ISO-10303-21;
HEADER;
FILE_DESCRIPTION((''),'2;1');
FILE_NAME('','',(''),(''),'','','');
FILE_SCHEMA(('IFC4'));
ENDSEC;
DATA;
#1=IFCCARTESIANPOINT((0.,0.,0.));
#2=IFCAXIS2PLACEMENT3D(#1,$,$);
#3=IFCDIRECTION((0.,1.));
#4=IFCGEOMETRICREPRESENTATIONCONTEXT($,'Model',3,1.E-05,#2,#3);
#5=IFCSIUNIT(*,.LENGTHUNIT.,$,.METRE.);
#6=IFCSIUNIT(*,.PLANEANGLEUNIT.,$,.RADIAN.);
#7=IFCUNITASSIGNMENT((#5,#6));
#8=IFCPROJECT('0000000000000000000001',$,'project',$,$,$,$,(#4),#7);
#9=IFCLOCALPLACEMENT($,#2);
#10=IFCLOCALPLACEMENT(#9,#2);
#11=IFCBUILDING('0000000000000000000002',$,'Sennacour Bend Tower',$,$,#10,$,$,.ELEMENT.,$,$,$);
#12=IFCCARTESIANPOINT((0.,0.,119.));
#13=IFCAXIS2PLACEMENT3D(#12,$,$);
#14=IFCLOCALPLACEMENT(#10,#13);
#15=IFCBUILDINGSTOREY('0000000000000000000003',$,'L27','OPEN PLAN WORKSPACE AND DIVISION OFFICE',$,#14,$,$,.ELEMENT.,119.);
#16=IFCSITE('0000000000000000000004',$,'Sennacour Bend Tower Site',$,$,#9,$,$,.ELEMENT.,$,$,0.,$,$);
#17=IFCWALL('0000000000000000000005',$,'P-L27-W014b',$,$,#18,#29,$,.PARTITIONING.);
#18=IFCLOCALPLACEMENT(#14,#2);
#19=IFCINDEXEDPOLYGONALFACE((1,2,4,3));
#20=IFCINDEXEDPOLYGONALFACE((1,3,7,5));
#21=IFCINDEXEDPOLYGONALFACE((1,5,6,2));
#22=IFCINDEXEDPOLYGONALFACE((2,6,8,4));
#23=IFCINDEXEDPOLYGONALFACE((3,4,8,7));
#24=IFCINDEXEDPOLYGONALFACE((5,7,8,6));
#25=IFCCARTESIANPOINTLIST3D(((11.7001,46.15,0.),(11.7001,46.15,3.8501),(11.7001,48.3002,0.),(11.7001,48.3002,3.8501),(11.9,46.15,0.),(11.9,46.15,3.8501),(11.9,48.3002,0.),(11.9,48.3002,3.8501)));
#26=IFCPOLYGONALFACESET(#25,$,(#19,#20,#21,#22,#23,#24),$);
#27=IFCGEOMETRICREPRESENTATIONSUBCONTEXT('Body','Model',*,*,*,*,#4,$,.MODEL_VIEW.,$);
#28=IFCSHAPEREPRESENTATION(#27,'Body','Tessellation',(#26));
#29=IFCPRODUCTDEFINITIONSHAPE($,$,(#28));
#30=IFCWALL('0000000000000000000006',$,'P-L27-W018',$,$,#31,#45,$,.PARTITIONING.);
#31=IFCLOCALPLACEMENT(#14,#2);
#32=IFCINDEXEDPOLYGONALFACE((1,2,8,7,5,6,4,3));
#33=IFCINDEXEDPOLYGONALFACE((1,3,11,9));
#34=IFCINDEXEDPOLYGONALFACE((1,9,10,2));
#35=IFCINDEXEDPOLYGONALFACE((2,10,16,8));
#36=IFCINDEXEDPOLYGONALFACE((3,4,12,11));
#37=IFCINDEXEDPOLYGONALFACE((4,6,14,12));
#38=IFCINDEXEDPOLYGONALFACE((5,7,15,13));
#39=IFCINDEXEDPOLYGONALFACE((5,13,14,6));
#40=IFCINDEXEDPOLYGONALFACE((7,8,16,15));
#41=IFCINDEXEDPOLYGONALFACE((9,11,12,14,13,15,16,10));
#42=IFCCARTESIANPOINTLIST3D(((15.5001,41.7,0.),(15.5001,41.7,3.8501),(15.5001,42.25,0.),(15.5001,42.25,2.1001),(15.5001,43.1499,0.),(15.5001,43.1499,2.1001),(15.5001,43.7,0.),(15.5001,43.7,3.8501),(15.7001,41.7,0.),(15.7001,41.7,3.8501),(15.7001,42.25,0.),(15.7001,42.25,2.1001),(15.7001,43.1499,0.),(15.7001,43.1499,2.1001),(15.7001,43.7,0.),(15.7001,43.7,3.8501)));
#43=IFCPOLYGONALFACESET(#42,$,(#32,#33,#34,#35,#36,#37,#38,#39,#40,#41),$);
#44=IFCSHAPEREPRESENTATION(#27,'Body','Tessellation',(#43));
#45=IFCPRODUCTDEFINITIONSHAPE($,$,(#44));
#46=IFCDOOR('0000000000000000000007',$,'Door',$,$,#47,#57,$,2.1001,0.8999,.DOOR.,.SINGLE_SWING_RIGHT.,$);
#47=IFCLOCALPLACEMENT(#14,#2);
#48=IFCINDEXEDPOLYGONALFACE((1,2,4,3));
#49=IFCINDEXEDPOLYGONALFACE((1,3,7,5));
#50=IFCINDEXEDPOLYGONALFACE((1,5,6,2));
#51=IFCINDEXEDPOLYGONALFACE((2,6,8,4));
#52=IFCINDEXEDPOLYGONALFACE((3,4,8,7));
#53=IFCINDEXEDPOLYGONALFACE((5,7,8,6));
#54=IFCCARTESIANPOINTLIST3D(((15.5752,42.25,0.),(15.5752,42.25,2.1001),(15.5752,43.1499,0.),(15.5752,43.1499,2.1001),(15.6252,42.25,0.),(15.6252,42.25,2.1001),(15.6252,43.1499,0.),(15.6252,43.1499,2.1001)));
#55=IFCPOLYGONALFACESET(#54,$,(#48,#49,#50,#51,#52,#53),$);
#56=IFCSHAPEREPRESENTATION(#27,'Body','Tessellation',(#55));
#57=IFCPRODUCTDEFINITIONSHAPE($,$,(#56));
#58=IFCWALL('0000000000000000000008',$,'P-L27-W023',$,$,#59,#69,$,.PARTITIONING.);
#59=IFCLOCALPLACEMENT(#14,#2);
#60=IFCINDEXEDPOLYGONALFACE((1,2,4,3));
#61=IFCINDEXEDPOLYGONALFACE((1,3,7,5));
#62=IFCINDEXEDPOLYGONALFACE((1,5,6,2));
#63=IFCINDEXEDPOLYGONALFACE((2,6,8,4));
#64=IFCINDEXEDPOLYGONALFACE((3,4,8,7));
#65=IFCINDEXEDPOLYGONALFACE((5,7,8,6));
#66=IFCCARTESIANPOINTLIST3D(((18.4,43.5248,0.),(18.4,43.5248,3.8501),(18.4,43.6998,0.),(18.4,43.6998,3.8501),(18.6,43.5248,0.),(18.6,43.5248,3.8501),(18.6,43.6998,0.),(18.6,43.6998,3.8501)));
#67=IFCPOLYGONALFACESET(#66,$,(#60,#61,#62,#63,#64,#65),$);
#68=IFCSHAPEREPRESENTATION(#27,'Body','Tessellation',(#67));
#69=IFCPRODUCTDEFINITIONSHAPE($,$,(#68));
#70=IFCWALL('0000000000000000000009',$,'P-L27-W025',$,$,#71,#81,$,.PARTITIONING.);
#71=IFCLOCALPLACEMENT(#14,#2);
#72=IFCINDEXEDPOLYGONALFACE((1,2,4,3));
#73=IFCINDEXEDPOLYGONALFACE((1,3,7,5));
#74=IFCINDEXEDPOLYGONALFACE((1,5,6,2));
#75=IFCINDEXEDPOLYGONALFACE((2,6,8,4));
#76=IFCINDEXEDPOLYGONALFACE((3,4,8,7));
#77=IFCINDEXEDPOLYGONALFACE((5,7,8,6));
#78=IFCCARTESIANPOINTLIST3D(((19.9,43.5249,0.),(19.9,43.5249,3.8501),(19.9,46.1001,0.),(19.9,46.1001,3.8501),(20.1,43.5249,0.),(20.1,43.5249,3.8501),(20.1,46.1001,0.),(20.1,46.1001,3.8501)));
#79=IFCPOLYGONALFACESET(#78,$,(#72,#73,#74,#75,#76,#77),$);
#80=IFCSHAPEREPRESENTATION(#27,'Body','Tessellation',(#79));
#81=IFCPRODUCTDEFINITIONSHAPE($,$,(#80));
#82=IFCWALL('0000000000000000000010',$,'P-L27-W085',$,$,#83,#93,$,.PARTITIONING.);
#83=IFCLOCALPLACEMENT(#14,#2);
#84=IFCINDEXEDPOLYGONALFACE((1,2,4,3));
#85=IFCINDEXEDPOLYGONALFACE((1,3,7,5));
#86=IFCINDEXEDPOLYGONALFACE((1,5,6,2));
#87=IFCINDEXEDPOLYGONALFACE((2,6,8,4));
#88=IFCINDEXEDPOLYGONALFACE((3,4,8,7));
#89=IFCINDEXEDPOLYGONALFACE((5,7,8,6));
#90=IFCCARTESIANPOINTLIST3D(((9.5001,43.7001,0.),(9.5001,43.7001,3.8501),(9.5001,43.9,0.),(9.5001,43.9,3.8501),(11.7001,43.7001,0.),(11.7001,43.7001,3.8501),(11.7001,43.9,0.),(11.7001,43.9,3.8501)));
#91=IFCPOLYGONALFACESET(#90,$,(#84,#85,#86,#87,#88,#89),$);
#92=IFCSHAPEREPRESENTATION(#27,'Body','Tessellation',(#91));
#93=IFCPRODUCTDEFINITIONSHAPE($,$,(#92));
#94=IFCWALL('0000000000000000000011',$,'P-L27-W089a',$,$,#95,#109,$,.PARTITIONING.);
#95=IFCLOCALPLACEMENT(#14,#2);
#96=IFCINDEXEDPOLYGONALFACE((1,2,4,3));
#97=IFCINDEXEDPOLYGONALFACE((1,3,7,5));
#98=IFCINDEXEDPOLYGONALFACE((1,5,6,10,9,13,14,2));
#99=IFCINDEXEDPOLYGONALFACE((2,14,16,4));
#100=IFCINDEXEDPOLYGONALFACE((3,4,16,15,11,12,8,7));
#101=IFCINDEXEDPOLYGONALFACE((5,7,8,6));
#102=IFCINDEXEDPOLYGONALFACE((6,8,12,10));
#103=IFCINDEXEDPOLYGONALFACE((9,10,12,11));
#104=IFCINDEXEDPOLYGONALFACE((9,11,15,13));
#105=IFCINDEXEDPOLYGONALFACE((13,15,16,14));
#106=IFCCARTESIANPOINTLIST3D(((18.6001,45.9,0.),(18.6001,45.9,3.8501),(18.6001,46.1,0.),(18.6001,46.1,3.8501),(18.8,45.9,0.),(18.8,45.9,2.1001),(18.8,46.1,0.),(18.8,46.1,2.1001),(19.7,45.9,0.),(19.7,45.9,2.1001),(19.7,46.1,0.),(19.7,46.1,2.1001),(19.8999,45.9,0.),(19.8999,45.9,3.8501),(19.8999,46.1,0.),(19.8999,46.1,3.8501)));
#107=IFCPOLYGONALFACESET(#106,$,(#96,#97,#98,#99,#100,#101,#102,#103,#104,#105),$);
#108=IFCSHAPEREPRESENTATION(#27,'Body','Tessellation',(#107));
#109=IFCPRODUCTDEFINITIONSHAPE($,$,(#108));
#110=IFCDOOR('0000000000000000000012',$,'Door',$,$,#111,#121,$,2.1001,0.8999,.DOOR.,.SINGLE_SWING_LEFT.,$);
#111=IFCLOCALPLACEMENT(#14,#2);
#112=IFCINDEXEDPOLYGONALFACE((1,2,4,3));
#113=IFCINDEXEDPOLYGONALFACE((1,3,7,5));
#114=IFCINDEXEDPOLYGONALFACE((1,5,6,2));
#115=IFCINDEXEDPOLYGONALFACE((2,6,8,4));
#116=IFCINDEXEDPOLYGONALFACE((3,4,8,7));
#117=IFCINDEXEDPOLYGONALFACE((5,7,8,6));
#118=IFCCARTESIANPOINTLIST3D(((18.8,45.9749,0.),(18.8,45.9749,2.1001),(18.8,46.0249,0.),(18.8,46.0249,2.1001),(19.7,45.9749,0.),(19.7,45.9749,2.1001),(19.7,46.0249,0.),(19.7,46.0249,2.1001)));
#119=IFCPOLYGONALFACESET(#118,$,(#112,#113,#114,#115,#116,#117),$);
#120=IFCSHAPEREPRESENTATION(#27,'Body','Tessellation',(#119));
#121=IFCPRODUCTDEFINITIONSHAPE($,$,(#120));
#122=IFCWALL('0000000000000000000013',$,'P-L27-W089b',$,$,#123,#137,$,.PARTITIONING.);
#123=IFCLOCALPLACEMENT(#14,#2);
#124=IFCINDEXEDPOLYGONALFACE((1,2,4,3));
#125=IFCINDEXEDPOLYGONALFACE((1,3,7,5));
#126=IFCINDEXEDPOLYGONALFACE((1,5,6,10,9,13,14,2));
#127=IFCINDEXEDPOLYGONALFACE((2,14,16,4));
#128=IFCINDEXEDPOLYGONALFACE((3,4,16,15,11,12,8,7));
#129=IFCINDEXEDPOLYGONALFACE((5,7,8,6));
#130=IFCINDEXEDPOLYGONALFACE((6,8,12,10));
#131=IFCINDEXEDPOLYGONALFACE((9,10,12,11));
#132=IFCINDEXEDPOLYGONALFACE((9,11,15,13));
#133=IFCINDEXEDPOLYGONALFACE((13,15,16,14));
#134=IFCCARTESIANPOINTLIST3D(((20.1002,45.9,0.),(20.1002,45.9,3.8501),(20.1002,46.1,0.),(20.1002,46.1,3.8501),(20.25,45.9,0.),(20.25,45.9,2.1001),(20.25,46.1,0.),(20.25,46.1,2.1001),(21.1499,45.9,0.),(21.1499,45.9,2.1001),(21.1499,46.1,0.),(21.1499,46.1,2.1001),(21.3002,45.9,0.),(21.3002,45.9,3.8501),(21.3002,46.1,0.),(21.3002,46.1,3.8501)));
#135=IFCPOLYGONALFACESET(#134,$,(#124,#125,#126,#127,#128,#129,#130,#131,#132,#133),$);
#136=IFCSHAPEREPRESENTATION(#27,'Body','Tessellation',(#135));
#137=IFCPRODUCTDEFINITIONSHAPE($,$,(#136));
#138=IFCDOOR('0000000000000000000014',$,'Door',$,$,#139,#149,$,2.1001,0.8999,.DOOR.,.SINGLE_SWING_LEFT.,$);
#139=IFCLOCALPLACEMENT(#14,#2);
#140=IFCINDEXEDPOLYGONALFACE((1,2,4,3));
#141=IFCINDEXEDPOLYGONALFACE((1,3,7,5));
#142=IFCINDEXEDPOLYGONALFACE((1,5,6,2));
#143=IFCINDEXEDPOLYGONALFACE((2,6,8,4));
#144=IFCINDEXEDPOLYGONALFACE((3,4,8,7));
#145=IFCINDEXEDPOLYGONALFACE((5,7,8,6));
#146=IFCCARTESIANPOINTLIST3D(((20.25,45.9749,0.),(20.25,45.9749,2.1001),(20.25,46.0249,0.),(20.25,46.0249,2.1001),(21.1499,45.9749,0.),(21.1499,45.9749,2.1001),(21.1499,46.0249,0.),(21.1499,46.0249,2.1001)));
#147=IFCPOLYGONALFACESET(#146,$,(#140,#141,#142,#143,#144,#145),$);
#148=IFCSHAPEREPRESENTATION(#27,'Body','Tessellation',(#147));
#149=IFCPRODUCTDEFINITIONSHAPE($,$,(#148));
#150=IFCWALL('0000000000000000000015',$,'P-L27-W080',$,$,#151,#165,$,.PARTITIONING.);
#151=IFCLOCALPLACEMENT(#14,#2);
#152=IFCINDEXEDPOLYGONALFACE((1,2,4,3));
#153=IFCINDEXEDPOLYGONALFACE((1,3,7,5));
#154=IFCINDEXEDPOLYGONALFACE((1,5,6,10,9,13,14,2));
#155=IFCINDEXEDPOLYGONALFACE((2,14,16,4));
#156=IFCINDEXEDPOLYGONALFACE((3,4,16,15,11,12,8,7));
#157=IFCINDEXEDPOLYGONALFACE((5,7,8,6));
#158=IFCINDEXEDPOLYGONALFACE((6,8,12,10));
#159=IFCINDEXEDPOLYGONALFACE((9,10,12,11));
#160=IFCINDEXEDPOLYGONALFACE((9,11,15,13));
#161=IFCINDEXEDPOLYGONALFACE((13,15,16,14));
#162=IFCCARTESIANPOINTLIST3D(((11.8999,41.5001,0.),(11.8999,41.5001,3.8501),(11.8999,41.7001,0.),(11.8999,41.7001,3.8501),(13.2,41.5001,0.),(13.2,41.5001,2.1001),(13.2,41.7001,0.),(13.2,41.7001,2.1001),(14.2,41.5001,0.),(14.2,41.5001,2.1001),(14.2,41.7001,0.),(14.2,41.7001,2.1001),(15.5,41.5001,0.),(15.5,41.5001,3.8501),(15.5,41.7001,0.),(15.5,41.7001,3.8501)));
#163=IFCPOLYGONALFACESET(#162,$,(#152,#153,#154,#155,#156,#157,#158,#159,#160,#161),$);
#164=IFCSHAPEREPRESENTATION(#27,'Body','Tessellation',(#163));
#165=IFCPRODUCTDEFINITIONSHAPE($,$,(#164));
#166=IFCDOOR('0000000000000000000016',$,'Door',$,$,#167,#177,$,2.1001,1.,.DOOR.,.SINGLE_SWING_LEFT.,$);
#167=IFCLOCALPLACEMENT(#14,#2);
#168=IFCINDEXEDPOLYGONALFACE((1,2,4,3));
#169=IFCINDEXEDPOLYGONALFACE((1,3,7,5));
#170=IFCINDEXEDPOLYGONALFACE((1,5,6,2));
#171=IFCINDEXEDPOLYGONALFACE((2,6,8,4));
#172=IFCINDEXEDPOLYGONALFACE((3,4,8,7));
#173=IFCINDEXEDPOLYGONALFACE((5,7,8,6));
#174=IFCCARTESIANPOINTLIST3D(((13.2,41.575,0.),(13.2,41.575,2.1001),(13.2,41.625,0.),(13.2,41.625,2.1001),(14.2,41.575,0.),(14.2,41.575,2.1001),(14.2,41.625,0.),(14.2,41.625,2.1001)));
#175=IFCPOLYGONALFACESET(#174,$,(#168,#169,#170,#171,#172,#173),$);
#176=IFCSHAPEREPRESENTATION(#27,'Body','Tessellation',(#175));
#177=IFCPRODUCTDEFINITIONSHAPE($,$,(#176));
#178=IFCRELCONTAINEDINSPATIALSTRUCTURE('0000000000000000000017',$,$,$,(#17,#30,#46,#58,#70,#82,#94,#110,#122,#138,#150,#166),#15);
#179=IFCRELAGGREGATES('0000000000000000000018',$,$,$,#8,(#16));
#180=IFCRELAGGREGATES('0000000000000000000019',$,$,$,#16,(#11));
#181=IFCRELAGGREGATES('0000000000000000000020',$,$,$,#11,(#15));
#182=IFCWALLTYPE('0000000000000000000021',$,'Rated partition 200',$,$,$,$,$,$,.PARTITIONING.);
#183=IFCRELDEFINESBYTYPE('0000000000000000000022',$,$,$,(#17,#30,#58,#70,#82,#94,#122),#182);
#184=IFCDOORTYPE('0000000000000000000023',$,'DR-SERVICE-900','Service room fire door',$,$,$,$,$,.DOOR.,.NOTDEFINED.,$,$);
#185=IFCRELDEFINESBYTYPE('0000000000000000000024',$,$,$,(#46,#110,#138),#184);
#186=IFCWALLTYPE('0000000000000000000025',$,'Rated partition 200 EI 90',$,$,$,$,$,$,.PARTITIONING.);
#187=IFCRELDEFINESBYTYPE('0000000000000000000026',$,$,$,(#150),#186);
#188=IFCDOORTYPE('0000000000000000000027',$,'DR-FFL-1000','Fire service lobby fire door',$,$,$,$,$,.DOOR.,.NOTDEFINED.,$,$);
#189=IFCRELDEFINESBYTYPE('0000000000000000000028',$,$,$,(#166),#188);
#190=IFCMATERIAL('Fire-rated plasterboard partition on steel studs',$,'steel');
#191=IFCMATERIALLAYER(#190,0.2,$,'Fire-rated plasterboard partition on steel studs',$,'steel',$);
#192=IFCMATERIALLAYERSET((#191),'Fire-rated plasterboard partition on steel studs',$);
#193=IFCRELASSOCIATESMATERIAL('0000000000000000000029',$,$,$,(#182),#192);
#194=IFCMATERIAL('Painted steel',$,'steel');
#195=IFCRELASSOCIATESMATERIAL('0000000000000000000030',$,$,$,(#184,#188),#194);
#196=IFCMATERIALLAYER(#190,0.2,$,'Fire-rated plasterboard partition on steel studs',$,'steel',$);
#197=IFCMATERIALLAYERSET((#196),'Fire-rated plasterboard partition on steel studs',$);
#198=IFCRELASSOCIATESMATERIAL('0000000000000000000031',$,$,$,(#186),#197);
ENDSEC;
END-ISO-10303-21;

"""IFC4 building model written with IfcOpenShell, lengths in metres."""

from ifc_helpers import new_model, si_unit, direction, frame, frame_2d, origin, place, context, subcontext, project, spatial, rectangle, extrude, material, layer, layer_set, type_object, element, fill, save


model = new_model("IFC4")

# Units and contexts
model_context = context("Model", 3, precision=1e-05, world=origin(), true_north=direction((0.0, 1.0)))
body_context = subcontext(model_context, "Body", "Model", "MODEL_VIEW")
ifc_project = project(units=[si_unit("LENGTHUNIT", "METRE"), si_unit("PLANEANGLEUNIT", "RADIAN")], contexts=[model_context])

# Site, building, storey
site_placement = place(None, origin())
site = spatial("IfcSite", under=ifc_project, at=site_placement, Name="Sennacour Bend Tower Site", CompositionType="ELEMENT", RefElevation=0.0)
building_placement = place(site_placement, origin())
building = spatial("IfcBuilding", under=site, at=building_placement, Name="Sennacour Bend Tower", CompositionType="ELEMENT")
storey_placement = place(building_placement, frame((0.0, 0.0, 119.0)))
storey = spatial("IfcBuildingStorey", under=building, at=storey_placement, Name="L27", Description="OPEN PLAN WORKSPACE AND DIVISION OFFICE", CompositionType="ELEMENT", Elevation=119.0)

# Wall
ifc_material_1 = material(Name="Fire-rated plasterboard partition on steel studs", Category="steel")
ifc_layer_1 = layer(ifc_material_1, 0.2, Name="Fire-rated plasterboard partition on steel studs", Category="steel")
ifc_layer_set_1 = layer_set([ifc_layer_1], Name="Fire-rated plasterboard partition on steel studs")
wall_type_1 = type_object("IfcWallType", Name="Rated partition 200", PredefinedType="PARTITIONING", material=ifc_layer_set_1)
wall_1_placement = place(storey_placement, frame((11.8, 46.1499, 0.0), z_axis=(0.0, 0.0, 1.0), x_axis=(0.0, 1.0, 0.0)))
element("IfcWall", 1, at=wall_1_placement, inside=storey, type_object=wall_type_1, Name="P-L27-W014b", PredefinedType="PARTITIONING", context=body_context, shape_type="SweptSolid", body=[
    extrude(rectangle(XDim=2.1501, YDim=0.2, at=frame_2d((1.0752, 0.0))), origin(), (0.0, 0.0, 1.0), 3.8501),
])

# Wall, opening, door
wall_2_placement = place(storey_placement, frame((15.6001, 41.7, 0.0), z_axis=(0.0, 0.0, 1.0), x_axis=(0.0, 1.0, 0.0)))
wall_2 = element("IfcWall", 2, at=wall_2_placement, inside=storey, type_object=wall_type_1, Name="P-L27-W018", PredefinedType="PARTITIONING", context=body_context, shape_type="SweptSolid", body=[
    extrude(rectangle(XDim=2.0, YDim=0.2, at=frame_2d((1.0, 0.0))), origin(), (0.0, 0.0, 1.0), 3.8501),
])
opening_1_placement = place(wall_2_placement, frame((0.55, 0.0, 0.0)))
opening_1 = element("IfcOpeningElement", 3, at=opening_1_placement, cuts=wall_2, PredefinedType="OPENING", context=body_context, shape_type="SweptSolid", body=[
    extrude(rectangle(XDim=0.8999, YDim=2.1001, at=frame_2d((0.45, 1.05))), frame((0.0, 0.1099, 0.0), z_axis=(0.0, -1.0, 0.0), x_axis=(1.0, 0.0, 0.0)), (0.0, 0.0, 1.0), 0.22),
])
ifc_material_2 = material(Name="Painted steel", Category="steel")
door_type_1 = type_object("IfcDoorType", Name="DR-SERVICE-900", Description="Service room fire door", OperationType="NOTDEFINED", PredefinedType="DOOR", material=ifc_material_2)
door_1_placement = place(opening_1_placement, origin())
door_1 = element("IfcDoor", 4, at=door_1_placement, inside=storey, type_object=door_type_1, Name="Door", OperationType="SINGLE_SWING_RIGHT", OverallHeight=2.1001, OverallWidth=0.8999, PredefinedType="DOOR", context=body_context, shape_type="SweptSolid", body=[
    extrude(rectangle(XDim=0.8999, YDim=2.1001, at=frame_2d((0.45, 1.05))), frame((0.0, 0.0249, 0.0), z_axis=(0.0, -1.0, 0.0), x_axis=(1.0, 0.0, 0.0)), (0.0, 0.0, 1.0), 0.05),
])
fill(opening_1, door_1)

# Walls
wall_3_placement = place(storey_placement, frame((18.5, 43.5249, 0.0), z_axis=(0.0, 0.0, 1.0), x_axis=(0.0, 1.0, 0.0)))
element("IfcWall", 5, at=wall_3_placement, inside=storey, type_object=wall_type_1, Name="P-L27-W023", PredefinedType="PARTITIONING", context=body_context, shape_type="SweptSolid", body=[
    extrude(rectangle(XDim=0.175, YDim=0.2, at=frame_2d((0.0874, 0.0))), origin(), (0.0, 0.0, 1.0), 3.8501),
])
wall_4_placement = place(storey_placement, frame((20.0, 43.5249, 0.0), z_axis=(0.0, 0.0, 1.0), x_axis=(0.0, 1.0, 0.0)))
element("IfcWall", 6, at=wall_4_placement, inside=storey, type_object=wall_type_1, Name="P-L27-W025", PredefinedType="PARTITIONING", context=body_context, shape_type="SweptSolid", body=[
    extrude(rectangle(XDim=2.5752, YDim=0.2, at=frame_2d((1.2876, 0.0))), origin(), (0.0, 0.0, 1.0), 3.8501),
])
wall_5_placement = place(storey_placement, frame((9.5, 43.8, 0.0), z_axis=(0.0, 0.0, 1.0), x_axis=(1.0, 0.0, 0.0)))
element("IfcWall", 7, at=wall_5_placement, inside=storey, type_object=wall_type_1, Name="P-L27-W085", PredefinedType="PARTITIONING", context=body_context, shape_type="SweptSolid", body=[
    extrude(rectangle(XDim=2.2, YDim=0.2, at=frame_2d((1.1001, 0.0))), origin(), (0.0, 0.0, 1.0), 3.8501),
])

# Walls, openings, doors
wall_6_placement = place(storey_placement, frame((18.6001, 46.0, 0.0), z_axis=(0.0, 0.0, 1.0), x_axis=(1.0, 0.0, 0.0)))
wall_6 = element("IfcWall", 8, at=wall_6_placement, inside=storey, type_object=wall_type_1, Name="P-L27-W089a", PredefinedType="PARTITIONING", context=body_context, shape_type="SweptSolid", body=[
    extrude(rectangle(XDim=1.2998, YDim=0.2, at=frame_2d((0.6499, 0.0))), origin(), (0.0, 0.0, 1.0), 3.8501),
])
opening_2_placement = place(wall_6_placement, frame((0.2, 0.0, 0.0)))
opening_2 = element("IfcOpeningElement", 9, at=opening_2_placement, cuts=wall_6, PredefinedType="OPENING", context=body_context, shape_type="SweptSolid", body=[
    extrude(rectangle(XDim=0.8999, YDim=2.1001, at=frame_2d((0.45, 1.05))), frame((0.0, 0.1099, 0.0), z_axis=(0.0, -1.0, 0.0), x_axis=(1.0, 0.0, 0.0)), (0.0, 0.0, 1.0), 0.22),
])
door_2_placement = place(opening_2_placement, origin())
door_2 = element("IfcDoor", 10, at=door_2_placement, inside=storey, type_object=door_type_1, Name="Door", OperationType="SINGLE_SWING_LEFT", OverallHeight=2.1001, OverallWidth=0.8999, PredefinedType="DOOR", context=body_context, shape_type="SweptSolid", body=[
    extrude(rectangle(XDim=0.8999, YDim=2.1001, at=frame_2d((0.45, 1.05))), frame((0.0, 0.0249, 0.0), z_axis=(0.0, -1.0, 0.0), x_axis=(1.0, 0.0, 0.0)), (0.0, 0.0, 1.0), 0.05),
])
fill(opening_2, door_2)
wall_7_placement = place(storey_placement, frame((20.1001, 46.0, 0.0), z_axis=(0.0, 0.0, 1.0), x_axis=(1.0, 0.0, 0.0)))
wall_7 = element("IfcWall", 11, at=wall_7_placement, inside=storey, type_object=wall_type_1, Name="P-L27-W089b", PredefinedType="PARTITIONING", context=body_context, shape_type="SweptSolid", body=[
    extrude(rectangle(XDim=1.2, YDim=0.2, at=frame_2d((0.6001, 0.0))), origin(), (0.0, 0.0, 1.0), 3.8501),
])
opening_3_placement = place(wall_7_placement, frame((0.1499, 0.0, 0.0)))
opening_3 = element("IfcOpeningElement", 12, at=opening_3_placement, cuts=wall_7, PredefinedType="OPENING", context=body_context, shape_type="SweptSolid", body=[
    extrude(rectangle(XDim=0.8999, YDim=2.1001, at=frame_2d((0.45, 1.05))), frame((0.0, 0.1099, 0.0), z_axis=(0.0, -1.0, 0.0), x_axis=(1.0, 0.0, 0.0)), (0.0, 0.0, 1.0), 0.22),
])
door_3_placement = place(opening_3_placement, origin())
door_3 = element("IfcDoor", 13, at=door_3_placement, inside=storey, type_object=door_type_1, Name="Door", OperationType="SINGLE_SWING_LEFT", OverallHeight=2.1001, OverallWidth=0.8999, PredefinedType="DOOR", context=body_context, shape_type="SweptSolid", body=[
    extrude(rectangle(XDim=0.8999, YDim=2.1001, at=frame_2d((0.45, 1.05))), frame((0.0, 0.0249, 0.0), z_axis=(0.0, -1.0, 0.0), x_axis=(1.0, 0.0, 0.0)), (0.0, 0.0, 1.0), 0.05),
])
fill(opening_3, door_3)
ifc_layer_2 = layer(ifc_material_1, 0.2, Name="Fire-rated plasterboard partition on steel studs", Category="steel")
ifc_layer_set_2 = layer_set([ifc_layer_2], Name="Fire-rated plasterboard partition on steel studs")
wall_type_2 = type_object("IfcWallType", Name="Rated partition 200 EI 90", PredefinedType="PARTITIONING", material=ifc_layer_set_2)
wall_8_placement = place(storey_placement, frame((11.8999, 41.6001, 0.0), z_axis=(0.0, 0.0, 1.0), x_axis=(1.0, 0.0, 0.0)))
wall_8 = element("IfcWall", 14, at=wall_8_placement, inside=storey, type_object=wall_type_2, Name="P-L27-W080", PredefinedType="PARTITIONING", context=body_context, shape_type="SweptSolid", body=[
    extrude(rectangle(XDim=3.6001, YDim=0.2, at=frame_2d((1.8, 0.0))), origin(), (0.0, 0.0, 1.0), 3.8501),
])
opening_4_placement = place(wall_8_placement, frame((1.3, 0.0, 0.0)))
opening_4 = element("IfcOpeningElement", 15, at=opening_4_placement, cuts=wall_8, PredefinedType="OPENING", context=body_context, shape_type="SweptSolid", body=[
    extrude(rectangle(XDim=1.0, YDim=2.1001, at=frame_2d((0.5, 1.05))), frame((0.0, 0.1099, 0.0), z_axis=(0.0, -1.0, 0.0), x_axis=(1.0, 0.0, 0.0)), (0.0, 0.0, 1.0), 0.22),
])
door_type_2 = type_object("IfcDoorType", Name="DR-FFL-1000", Description="Fire service lobby fire door", OperationType="NOTDEFINED", PredefinedType="DOOR", material=ifc_material_2)
door_4_placement = place(opening_4_placement, origin())
door_4 = element("IfcDoor", 16, at=door_4_placement, inside=storey, type_object=door_type_2, Name="Door", OperationType="SINGLE_SWING_LEFT", OverallHeight=2.1001, OverallWidth=1.0, PredefinedType="DOOR", context=body_context, shape_type="SweptSolid", body=[
    extrude(rectangle(XDim=1.0, YDim=2.1001, at=frame_2d((0.5, 1.05))), frame((0.0, 0.0249, 0.0), z_axis=(0.0, -1.0, 0.0), x_axis=(1.0, 0.0, 0.0)), (0.0, 0.0, 1.0), 0.05),
])
fill(opening_4, door_4)

save(model, "model.ifc")
